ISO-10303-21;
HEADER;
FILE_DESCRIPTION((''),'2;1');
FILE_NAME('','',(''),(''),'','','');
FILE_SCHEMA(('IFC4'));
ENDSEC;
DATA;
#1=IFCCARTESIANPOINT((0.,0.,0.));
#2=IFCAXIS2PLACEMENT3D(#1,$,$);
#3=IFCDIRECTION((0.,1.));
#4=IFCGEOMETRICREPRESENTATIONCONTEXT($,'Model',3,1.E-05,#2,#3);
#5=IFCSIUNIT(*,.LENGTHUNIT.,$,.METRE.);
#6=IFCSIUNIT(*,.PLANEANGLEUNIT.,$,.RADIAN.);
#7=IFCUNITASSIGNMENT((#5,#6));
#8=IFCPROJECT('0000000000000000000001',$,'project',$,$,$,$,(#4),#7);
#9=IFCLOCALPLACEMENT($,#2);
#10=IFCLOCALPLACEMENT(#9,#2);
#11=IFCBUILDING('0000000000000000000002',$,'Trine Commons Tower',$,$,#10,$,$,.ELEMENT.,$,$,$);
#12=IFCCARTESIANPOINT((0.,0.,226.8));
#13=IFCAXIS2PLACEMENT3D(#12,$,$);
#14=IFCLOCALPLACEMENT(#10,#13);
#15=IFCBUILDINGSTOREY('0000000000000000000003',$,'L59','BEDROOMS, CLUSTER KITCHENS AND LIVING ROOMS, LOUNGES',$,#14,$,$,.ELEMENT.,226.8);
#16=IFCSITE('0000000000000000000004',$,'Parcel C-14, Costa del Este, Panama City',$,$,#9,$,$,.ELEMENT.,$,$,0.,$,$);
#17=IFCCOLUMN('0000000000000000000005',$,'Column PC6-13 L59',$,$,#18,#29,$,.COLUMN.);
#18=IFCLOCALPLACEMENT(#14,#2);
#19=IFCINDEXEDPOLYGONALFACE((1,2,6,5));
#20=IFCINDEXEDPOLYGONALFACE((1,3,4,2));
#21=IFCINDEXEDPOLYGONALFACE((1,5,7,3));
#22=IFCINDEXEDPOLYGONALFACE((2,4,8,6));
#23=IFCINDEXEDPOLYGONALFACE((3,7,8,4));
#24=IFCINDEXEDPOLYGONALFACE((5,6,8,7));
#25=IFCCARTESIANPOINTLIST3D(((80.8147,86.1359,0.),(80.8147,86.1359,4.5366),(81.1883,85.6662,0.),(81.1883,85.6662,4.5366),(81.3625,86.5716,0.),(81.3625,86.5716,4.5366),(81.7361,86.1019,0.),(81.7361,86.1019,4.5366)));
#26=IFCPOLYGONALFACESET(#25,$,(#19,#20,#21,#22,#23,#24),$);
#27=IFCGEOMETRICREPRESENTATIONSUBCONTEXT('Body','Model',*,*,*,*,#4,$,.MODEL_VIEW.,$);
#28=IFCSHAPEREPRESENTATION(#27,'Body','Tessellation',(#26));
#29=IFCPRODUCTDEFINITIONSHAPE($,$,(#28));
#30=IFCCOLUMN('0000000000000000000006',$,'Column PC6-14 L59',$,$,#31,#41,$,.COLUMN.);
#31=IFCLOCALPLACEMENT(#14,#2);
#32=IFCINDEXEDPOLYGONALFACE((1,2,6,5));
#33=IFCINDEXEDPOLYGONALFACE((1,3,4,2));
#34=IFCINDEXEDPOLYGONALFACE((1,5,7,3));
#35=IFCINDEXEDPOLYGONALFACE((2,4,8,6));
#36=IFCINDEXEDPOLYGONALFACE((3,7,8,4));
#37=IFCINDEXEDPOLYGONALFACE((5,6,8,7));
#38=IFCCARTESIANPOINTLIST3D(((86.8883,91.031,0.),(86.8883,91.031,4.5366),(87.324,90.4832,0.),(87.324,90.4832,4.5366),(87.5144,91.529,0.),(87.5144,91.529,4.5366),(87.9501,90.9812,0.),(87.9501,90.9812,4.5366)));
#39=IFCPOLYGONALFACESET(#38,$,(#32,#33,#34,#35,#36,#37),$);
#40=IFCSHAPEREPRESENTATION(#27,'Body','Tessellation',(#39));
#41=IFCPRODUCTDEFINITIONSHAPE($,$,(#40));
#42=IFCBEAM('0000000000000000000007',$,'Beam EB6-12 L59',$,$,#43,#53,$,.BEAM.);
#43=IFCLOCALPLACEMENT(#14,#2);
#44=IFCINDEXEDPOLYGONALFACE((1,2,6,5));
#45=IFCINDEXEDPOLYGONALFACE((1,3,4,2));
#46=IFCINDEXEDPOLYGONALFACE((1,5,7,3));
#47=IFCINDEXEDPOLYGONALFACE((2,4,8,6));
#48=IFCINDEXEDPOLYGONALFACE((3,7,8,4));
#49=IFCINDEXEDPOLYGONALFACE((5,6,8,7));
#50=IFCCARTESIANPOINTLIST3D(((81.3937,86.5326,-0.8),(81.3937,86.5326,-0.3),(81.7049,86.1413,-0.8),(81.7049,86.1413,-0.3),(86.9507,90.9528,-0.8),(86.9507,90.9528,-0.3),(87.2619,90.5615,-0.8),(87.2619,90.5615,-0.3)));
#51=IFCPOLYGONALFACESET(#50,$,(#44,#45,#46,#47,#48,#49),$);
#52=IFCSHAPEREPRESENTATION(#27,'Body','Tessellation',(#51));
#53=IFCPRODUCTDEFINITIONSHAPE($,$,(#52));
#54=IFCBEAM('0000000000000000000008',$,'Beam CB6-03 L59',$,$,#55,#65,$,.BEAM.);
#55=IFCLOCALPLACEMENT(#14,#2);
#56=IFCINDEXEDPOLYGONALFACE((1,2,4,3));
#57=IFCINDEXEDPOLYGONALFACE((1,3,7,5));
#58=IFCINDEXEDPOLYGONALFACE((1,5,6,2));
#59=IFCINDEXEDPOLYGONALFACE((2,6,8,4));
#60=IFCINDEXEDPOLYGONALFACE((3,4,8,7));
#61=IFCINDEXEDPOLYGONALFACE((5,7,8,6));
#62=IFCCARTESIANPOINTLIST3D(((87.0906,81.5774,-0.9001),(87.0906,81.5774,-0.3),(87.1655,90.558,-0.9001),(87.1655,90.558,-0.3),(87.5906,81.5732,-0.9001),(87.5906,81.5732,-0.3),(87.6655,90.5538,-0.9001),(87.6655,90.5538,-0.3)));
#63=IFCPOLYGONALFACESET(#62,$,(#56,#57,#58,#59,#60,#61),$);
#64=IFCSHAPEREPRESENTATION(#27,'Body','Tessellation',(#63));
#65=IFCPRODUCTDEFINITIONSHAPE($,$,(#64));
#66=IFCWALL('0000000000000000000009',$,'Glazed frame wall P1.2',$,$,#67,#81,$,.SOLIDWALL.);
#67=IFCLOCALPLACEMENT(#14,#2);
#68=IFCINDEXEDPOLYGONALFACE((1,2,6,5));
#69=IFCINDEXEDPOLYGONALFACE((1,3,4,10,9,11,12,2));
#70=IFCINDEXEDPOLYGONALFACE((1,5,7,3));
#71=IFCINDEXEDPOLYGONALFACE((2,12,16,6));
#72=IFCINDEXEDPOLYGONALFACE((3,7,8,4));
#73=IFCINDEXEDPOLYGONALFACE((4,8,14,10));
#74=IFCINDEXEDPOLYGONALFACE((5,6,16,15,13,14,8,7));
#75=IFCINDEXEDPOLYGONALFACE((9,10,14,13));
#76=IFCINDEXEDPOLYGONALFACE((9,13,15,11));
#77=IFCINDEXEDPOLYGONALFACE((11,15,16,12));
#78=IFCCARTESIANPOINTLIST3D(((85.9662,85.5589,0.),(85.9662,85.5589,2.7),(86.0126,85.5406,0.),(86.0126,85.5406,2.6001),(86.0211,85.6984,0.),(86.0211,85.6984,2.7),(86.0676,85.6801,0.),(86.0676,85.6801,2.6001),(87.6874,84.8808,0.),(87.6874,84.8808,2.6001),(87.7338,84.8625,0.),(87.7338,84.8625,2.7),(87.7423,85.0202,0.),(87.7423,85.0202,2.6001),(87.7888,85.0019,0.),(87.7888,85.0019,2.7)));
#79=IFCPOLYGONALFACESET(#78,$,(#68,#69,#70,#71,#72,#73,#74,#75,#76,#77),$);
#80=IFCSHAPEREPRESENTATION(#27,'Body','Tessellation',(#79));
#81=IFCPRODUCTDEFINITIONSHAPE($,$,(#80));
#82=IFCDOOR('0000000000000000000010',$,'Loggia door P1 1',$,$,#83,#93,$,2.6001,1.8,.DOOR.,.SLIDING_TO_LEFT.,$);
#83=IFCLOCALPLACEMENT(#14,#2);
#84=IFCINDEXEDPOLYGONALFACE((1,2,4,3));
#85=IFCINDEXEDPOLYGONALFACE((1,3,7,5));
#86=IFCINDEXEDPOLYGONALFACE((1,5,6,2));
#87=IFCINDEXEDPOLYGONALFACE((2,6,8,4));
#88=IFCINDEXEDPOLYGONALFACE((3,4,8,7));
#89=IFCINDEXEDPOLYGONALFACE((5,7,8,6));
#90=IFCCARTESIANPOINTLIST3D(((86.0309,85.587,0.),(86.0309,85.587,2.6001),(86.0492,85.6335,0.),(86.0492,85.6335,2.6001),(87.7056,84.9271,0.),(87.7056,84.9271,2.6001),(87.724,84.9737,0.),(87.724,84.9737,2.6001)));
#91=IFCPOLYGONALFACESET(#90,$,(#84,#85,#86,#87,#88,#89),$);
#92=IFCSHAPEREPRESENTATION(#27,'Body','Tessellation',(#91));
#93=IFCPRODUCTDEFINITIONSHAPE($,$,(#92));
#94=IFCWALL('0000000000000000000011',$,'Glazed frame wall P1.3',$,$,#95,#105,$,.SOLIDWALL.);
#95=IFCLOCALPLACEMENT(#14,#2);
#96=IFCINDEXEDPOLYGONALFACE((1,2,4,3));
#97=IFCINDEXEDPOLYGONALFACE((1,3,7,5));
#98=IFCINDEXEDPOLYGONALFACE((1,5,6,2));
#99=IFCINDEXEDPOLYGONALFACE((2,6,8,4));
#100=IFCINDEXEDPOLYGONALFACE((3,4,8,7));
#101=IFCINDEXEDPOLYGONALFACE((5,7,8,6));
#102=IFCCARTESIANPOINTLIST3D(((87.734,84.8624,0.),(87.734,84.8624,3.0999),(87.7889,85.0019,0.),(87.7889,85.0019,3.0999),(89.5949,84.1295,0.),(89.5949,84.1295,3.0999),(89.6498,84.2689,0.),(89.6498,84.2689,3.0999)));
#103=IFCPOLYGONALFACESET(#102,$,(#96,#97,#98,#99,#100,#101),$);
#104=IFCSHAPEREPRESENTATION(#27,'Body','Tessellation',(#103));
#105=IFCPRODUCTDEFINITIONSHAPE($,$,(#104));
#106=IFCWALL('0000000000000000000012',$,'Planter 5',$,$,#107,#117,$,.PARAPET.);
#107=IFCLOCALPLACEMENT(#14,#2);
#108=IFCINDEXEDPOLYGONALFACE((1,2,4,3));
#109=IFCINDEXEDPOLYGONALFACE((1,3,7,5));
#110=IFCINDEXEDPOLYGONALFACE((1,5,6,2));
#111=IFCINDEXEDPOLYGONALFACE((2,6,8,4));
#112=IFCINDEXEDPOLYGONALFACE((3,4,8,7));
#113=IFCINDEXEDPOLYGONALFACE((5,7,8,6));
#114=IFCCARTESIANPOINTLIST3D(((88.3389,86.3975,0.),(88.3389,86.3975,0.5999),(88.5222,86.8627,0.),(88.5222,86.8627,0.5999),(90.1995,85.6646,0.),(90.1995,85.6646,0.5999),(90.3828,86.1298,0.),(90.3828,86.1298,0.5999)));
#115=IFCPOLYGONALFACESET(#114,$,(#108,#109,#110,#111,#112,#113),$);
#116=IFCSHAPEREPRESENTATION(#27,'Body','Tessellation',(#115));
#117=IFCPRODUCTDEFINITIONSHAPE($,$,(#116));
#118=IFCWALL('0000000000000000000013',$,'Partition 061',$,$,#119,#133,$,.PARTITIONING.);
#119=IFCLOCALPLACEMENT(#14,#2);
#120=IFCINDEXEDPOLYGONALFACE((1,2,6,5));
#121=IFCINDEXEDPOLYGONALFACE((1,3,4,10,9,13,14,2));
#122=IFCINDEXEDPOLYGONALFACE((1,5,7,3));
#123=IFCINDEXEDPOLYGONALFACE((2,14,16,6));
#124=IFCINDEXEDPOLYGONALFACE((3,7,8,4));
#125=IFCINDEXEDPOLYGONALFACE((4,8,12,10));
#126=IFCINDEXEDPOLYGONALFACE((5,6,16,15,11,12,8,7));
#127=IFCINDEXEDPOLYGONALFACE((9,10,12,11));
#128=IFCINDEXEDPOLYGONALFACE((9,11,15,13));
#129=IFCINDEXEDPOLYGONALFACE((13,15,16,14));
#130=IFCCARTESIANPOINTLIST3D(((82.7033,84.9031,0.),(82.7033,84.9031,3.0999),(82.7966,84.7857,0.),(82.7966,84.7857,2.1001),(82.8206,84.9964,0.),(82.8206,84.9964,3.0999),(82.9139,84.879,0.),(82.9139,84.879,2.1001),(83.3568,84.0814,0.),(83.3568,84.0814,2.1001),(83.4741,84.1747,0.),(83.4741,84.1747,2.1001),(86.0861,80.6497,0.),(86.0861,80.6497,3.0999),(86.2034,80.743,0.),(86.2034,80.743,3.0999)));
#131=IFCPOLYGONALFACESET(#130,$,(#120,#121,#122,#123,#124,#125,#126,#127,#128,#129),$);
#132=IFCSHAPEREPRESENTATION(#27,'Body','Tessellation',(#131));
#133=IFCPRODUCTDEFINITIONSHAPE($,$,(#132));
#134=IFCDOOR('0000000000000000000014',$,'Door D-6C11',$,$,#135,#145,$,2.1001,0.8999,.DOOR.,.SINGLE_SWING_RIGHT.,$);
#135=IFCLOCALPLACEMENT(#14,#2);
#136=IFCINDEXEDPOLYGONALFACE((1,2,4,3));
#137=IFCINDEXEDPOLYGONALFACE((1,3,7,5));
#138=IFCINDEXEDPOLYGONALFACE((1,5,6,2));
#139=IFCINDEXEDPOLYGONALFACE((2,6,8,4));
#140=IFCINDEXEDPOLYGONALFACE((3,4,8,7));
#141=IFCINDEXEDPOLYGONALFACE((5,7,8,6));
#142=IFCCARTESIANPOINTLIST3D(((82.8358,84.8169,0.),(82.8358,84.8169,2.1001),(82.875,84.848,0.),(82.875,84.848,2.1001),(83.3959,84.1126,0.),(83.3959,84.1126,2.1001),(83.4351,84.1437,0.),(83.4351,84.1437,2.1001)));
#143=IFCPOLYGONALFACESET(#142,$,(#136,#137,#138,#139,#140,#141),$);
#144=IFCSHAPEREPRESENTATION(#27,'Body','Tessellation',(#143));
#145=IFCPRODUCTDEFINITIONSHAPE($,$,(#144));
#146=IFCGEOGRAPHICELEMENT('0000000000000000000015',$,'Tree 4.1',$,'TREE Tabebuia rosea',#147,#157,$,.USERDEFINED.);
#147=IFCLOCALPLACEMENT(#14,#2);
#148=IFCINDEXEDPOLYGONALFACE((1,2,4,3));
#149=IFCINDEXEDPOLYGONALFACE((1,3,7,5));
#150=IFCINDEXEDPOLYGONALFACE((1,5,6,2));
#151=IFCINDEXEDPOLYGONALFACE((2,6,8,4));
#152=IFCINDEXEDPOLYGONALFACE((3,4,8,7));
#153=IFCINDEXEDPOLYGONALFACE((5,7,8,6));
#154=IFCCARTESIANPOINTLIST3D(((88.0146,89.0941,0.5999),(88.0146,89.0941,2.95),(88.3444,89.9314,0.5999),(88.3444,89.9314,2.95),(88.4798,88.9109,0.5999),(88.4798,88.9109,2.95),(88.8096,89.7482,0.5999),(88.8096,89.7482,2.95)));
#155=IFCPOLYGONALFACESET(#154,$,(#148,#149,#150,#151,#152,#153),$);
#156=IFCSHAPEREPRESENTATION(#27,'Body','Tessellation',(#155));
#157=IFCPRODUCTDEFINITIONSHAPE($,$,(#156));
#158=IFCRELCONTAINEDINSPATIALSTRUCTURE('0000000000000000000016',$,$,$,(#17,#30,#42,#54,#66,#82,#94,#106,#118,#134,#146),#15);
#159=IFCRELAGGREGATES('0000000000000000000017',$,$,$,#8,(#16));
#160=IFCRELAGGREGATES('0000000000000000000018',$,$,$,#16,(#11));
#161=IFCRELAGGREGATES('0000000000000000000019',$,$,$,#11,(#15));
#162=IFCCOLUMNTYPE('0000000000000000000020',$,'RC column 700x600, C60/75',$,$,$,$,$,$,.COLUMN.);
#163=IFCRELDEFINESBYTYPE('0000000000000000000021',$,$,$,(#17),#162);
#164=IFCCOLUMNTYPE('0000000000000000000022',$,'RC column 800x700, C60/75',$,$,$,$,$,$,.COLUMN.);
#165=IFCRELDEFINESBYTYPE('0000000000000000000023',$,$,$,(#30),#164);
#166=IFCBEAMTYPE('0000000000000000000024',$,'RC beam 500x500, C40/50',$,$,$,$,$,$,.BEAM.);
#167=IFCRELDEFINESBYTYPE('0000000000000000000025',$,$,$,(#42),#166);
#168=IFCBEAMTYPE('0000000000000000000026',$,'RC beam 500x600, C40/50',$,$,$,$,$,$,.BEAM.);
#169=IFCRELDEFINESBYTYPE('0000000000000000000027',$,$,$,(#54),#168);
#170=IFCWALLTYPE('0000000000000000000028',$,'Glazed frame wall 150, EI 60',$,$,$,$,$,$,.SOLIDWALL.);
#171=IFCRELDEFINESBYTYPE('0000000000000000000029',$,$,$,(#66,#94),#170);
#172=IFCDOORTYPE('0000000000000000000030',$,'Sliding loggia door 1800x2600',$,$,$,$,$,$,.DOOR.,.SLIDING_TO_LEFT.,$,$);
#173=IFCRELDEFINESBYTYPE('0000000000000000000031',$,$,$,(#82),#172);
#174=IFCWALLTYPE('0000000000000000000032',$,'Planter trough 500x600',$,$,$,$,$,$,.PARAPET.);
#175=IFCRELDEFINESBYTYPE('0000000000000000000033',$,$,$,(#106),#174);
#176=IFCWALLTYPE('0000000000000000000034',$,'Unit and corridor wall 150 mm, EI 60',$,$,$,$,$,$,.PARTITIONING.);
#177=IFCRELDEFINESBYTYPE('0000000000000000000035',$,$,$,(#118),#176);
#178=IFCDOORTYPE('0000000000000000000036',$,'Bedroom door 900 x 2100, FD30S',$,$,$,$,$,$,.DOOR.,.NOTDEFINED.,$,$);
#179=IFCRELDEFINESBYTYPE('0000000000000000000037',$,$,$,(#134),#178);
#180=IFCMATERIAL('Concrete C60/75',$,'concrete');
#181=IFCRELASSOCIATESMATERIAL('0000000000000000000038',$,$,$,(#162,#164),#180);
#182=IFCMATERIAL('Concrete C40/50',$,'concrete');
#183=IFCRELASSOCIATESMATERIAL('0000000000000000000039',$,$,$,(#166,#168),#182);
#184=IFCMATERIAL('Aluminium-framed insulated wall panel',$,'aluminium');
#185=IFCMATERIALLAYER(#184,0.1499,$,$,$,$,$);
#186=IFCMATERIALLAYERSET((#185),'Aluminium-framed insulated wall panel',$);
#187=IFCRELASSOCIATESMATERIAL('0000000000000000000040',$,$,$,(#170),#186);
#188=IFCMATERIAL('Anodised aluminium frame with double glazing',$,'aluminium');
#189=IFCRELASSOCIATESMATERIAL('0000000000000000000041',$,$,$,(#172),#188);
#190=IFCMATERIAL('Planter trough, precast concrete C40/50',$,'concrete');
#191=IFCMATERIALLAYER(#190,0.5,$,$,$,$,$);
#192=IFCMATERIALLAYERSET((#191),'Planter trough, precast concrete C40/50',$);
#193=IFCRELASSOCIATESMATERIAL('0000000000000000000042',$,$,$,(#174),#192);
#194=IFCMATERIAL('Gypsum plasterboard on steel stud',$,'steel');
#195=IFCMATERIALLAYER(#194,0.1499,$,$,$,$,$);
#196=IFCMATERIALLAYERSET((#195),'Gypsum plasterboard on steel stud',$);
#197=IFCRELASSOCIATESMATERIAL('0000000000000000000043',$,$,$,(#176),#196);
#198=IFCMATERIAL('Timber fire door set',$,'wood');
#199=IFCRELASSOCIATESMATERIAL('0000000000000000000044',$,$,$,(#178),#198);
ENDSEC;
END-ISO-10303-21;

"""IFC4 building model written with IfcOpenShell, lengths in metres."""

from ifc_helpers import new_model, si_unit, direction, frame, frame_2d, origin, origin_2d, place, context, subcontext, project, spatial, polyline, rectangle, outline, extrude, material, layer, layer_set, material_profile, profile_set, type_object, element, fill, save


model = new_model("IFC4")

# Units and contexts
model_context = context("Model", 3, precision=1e-05, world=origin(), true_north=direction((0.0, 1.0)))
body_context = subcontext(model_context, "Body", "Model", "MODEL_VIEW")
ifc_project = project(units=[si_unit("LENGTHUNIT", "METRE"), si_unit("PLANEANGLEUNIT", "RADIAN")], contexts=[model_context])

# Site, building, storey
site_placement = place(None, origin())
site = spatial("IfcSite", under=ifc_project, at=site_placement, Name="Parcel C-14, Costa del Este, Panama City", CompositionType="ELEMENT", RefElevation=0.0)
building_placement = place(site_placement, origin())
building = spatial("IfcBuilding", under=site, at=building_placement, Name="Trine Commons Tower", CompositionType="ELEMENT")
storey_placement = place(building_placement, frame((0.0, 0.0, 226.8)))
storey = spatial("IfcBuildingStorey", under=building, at=storey_placement, Name="L59", Description="BEDROOMS, CLUSTER KITCHENS AND LIVING ROOMS, LOUNGES", CompositionType="ELEMENT", Elevation=226.8)

# Columns
ifc_material_1 = material(Name="Concrete C60/75", Category="concrete")
ifc_material_profile_1 = material_profile(ifc_material_1, rectangle(XDim=0.7, YDim=0.6001, at=origin_2d()), Name="RC 700x600")
ifc_profile_set_1 = profile_set([ifc_material_profile_1], Name="Concrete C60/75")
column_type_1 = type_object("IfcColumnType", Name="RC column 700x600, C60/75", PredefinedType="COLUMN", material=ifc_profile_set_1)
column_1_placement = place(storey_placement, frame((81.2754, 86.1189, 0.0), z_axis=(0.0, 0.0, 1.0), x_axis=(0.782608, 0.622515, 0.0)))
element("IfcColumn", 1, at=column_1_placement, inside=storey, type_object=column_type_1, Name="Column PC6-13 L59", PredefinedType="COLUMN", context=body_context, shape_type="SweptSolid", body=[
    extrude(rectangle(XDim=0.7, YDim=0.6001, at=origin_2d()), origin(), (0.0, 0.0, 1.0), 4.5366),
])
ifc_material_profile_2 = material_profile(ifc_material_1, rectangle(XDim=0.8, YDim=0.7, at=origin_2d()), Name="RC 800x700")
ifc_profile_set_2 = profile_set([ifc_material_profile_2], Name="Concrete C60/75")
column_type_2 = type_object("IfcColumnType", Name="RC column 800x700, C60/75", PredefinedType="COLUMN", material=ifc_profile_set_2)
column_2_placement = place(storey_placement, frame((87.4192, 91.0061, 0.0), z_axis=(0.0, 0.0, 1.0), x_axis=(0.782608, 0.622515, 0.0)))
element("IfcColumn", 2, at=column_2_placement, inside=storey, type_object=column_type_2, Name="Column PC6-14 L59", PredefinedType="COLUMN", context=body_context, shape_type="SweptSolid", body=[
    extrude(rectangle(XDim=0.8, YDim=0.7, at=origin_2d()), origin(), (0.0, 0.0, 1.0), 4.5366),
])

# Beams
ifc_material_2 = material(Name="Concrete C40/50", Category="concrete")
ifc_material_profile_3 = material_profile(ifc_material_2, rectangle(XDim=0.5, YDim=0.5, at=origin_2d()), Name="RC 500x500")
ifc_profile_set_3 = profile_set([ifc_material_profile_3], Name="Concrete C40/50")
beam_type_1 = type_object("IfcBeamType", Name="RC beam 500x500, C40/50", PredefinedType="BEAM", material=ifc_profile_set_3)
beam_1_placement = place(storey_placement, frame((81.5493, 86.3369, -0.55), z_axis=(0.782607, 0.622516, 0.0), x_axis=(-0.622516, 0.782607, 0.0)))
element("IfcBeam", 3, at=beam_1_placement, inside=storey, type_object=beam_type_1, Name="Beam EB6-12 L59", PredefinedType="BEAM", context=body_context, shape_type="SweptSolid", body=[
    extrude(rectangle(XDim=0.5, YDim=0.5, at=origin_2d()), origin(), (0.0, 0.0, 1.0), 7.1006),
])
ifc_material_profile_4 = material_profile(ifc_material_2, rectangle(XDim=0.5, YDim=0.6001, at=origin_2d()), Name="RC 500x600")
ifc_profile_set_4 = profile_set([ifc_material_profile_4], Name="Concrete C40/50")
beam_type_2 = type_object("IfcBeamType", Name="RC beam 500x600, C40/50", PredefinedType="BEAM", material=ifc_profile_set_4)
beam_2_placement = place(storey_placement, frame((87.4155, 90.5559, -0.6001), z_axis=(-0.008346, -0.999965, 0.0), x_axis=(0.999965, -0.008346, 0.0)))
element("IfcBeam", 4, at=beam_2_placement, inside=storey, type_object=beam_type_2, Name="Beam CB6-03 L59", PredefinedType="BEAM", context=body_context, shape_type="SweptSolid", body=[
    extrude(rectangle(XDim=0.5, YDim=0.6001, at=origin_2d()), origin(), (0.0, 0.0, 1.0), 8.981),
])

# Shared definitions
ifc_material_3 = material(Name="Aluminium-framed insulated wall panel", Category="aluminium")
ifc_layer_1 = layer(ifc_material_3, 0.1499)
ifc_layer_set_1 = layer_set([ifc_layer_1], Name="Aluminium-framed insulated wall panel")
wall_type_1 = type_object("IfcWallType", Name="Glazed frame wall 150, EI 60", PredefinedType="SOLIDWALL", material=ifc_layer_set_1)

# Wall, opening, door
wall_1_placement = place(storey_placement, frame((85.9937, 85.6287, 0.0), z_axis=(0.0, 0.0, 1.0), x_axis=(0.930387, -0.366578, 0.0)))
wall_1 = element("IfcWall", 5, at=wall_1_placement, inside=storey, type_object=wall_type_1, Name="Glazed frame wall P1.2", PredefinedType="SOLIDWALL", context=body_context, shape_type="SweptSolid", body=[
    extrude(outline(polyline([(0.0, -0.075), (1.8999, -0.075), (1.8999, 0.075), (0.0, 0.075), (0.0, -0.075)])), origin(), (0.0, 0.0, 1.0), 2.7),
])
opening_1_placement = place(wall_1_placement, frame((0.05, 0.0, 0.0)))
opening_1 = element("IfcOpeningElement", 6, at=opening_1_placement, cuts=wall_1, PredefinedType="OPENING", context=body_context, shape_type="SweptSolid", body=[
    extrude(rectangle(XDim=1.8, YDim=2.6001, at=frame_2d((0.8999, 1.3))), frame((0.0, 0.085, 0.0), z_axis=(0.0, -1.0, 0.0), x_axis=(1.0, 0.0, 0.0)), (0.0, 0.0, 1.0), 0.1699),
])
ifc_material_4 = material(Name="Anodised aluminium frame with double glazing", Category="aluminium")
door_type_1 = type_object("IfcDoorType", Name="Sliding loggia door 1800x2600", OperationType="SLIDING_TO_LEFT", PredefinedType="DOOR", material=ifc_material_4)
door_1_placement = place(opening_1_placement, origin())
door_1 = element("IfcDoor", 7, at=door_1_placement, inside=storey, type_object=door_type_1, Name="Loggia door P1 1", OperationType="SLIDING_TO_LEFT", OverallHeight=2.6001, OverallWidth=1.8, PredefinedType="DOOR", context=body_context, shape_type="SweptSolid", body=[
    extrude(rectangle(XDim=1.8, YDim=2.6001, at=frame_2d((0.8999, 1.3))), frame((0.0, 0.0249, 0.0), z_axis=(0.0, -1.0, 0.0), x_axis=(1.0, 0.0, 0.0)), (0.0, 0.0, 1.0), 0.05),
])
fill(opening_1, door_1)

# Walls
wall_2_placement = place(storey_placement, frame((87.7615, 84.9321, 0.0), z_axis=(0.0, 0.0, 1.0), x_axis=(0.930434, -0.36646, 0.0)))
element("IfcWall", 8, at=wall_2_placement, inside=storey, type_object=wall_type_1, Name="Glazed frame wall P1.3", PredefinedType="SOLIDWALL", context=body_context, shape_type="SweptSolid", body=[
    extrude(outline(polyline([(0.0, -0.075), (2.0, -0.075), (2.0, 0.075), (0.0, 0.075), (0.0, -0.075)])), origin(), (0.0, 0.0, 1.0), 3.0999),
])
ifc_material_5 = material(Name="Planter trough, precast concrete C40/50", Category="concrete")
ifc_layer_2 = layer(ifc_material_5, 0.5)
ifc_layer_set_2 = layer_set([ifc_layer_2], Name="Planter trough, precast concrete C40/50")
wall_type_2 = type_object("IfcWallType", Name="Planter trough 500x600", PredefinedType="PARAPET", material=ifc_layer_set_2)
wall_3_placement = place(storey_placement, frame((88.4304, 86.6301, 0.0), z_axis=(0.0, 0.0, 1.0), x_axis=(0.930417, -0.366502, 0.0)))
element("IfcWall", 9, at=wall_3_placement, inside=storey, type_object=wall_type_2, Name="Planter 5", PredefinedType="PARAPET", context=body_context, shape_type="SweptSolid", body=[
    extrude(rectangle(XDim=1.9998, YDim=0.5, at=frame_2d((1.0, 0.0))), origin(), (0.0, 0.0, 1.0), 0.5999),
])

# Wall, opening, door
ifc_material_6 = material(Name="Gypsum plasterboard on steel stud", Category="steel")
ifc_layer_3 = layer(ifc_material_6, 0.1499)
ifc_layer_set_3 = layer_set([ifc_layer_3], Name="Gypsum plasterboard on steel stud")
wall_type_3 = type_object("IfcWallType", Name="Unit and corridor wall 150 mm, EI 60", PredefinedType="PARTITIONING", material=ifc_layer_set_3)
wall_4_placement = place(storey_placement, frame((82.762, 84.9497, 0.0), z_axis=(0.0, 0.0, 1.0), x_axis=(0.622457, -0.782654, 0.0)))
wall_4 = element("IfcWall", 10, at=wall_4_placement, inside=storey, type_object=wall_type_3, Name="Partition 061", PredefinedType="PARTITIONING", context=body_context, shape_type="SweptSolid", body=[
    extrude(rectangle(XDim=5.4346, YDim=0.1499, at=frame_2d((2.7173, 0.0))), origin(), (0.0, 0.0, 1.0), 3.0999),
])
opening_2_placement = place(wall_4_placement, frame((0.1499, 0.0, 0.0)))
opening_2 = element("IfcOpeningElement", 11, at=opening_2_placement, cuts=wall_4, PredefinedType="OPENING", context=body_context, shape_type="SweptSolid", body=[
    extrude(rectangle(XDim=0.8999, YDim=2.1001, at=frame_2d((0.45, 1.05))), frame((0.0, 0.085, 0.0), z_axis=(0.0, -1.0, 0.0), x_axis=(1.0, 0.0, 0.0)), (0.0, 0.0, 1.0), 0.1699),
])
ifc_material_7 = material(Name="Timber fire door set", Category="wood")
door_type_2 = type_object("IfcDoorType", Name="Bedroom door 900 x 2100, FD30S", OperationType="NOTDEFINED", PredefinedType="DOOR", material=ifc_material_7)
door_2_placement = place(opening_2_placement, frame((0.8999, 0.0, 0.0), z_axis=(0.0, 0.0, 1.0), x_axis=(-1.0, 0.0, 0.0)))
door_2 = element("IfcDoor", 12, at=door_2_placement, inside=storey, type_object=door_type_2, Name="Door D-6C11", OperationType="SINGLE_SWING_RIGHT", OverallHeight=2.1001, OverallWidth=0.8999, PredefinedType="DOOR", context=body_context, shape_type="SweptSolid", body=[
    extrude(rectangle(XDim=0.8999, YDim=2.1001, at=frame_2d((0.45, 1.05))), frame((0.0, 0.0249, 0.0), z_axis=(0.0, -1.0, 0.0), x_axis=(1.0, 0.0, 0.0)), (0.0, 0.0, 1.0), 0.05),
])
fill(opening_2, door_2)

# Geographic element
geographic_element_placement = place(storey_placement, frame((88.4121, 89.4211, 0.5999), z_axis=(0.0, 0.0, 1.0), x_axis=(-0.366495, -0.93042, 0.0)))
element("IfcGeographicElement", 13, at=geographic_element_placement, inside=storey, Name="Tree 4.1", ObjectType="TREE Tabebuia rosea", PredefinedType="USERDEFINED", context=body_context, shape_type="SweptSolid", body=[
    extrude(rectangle(XDim=0.8999, YDim=0.5, at=origin_2d()), origin(), (0.0, 0.0, 1.0), 2.3501),
])

save(model, "model.ifc")
